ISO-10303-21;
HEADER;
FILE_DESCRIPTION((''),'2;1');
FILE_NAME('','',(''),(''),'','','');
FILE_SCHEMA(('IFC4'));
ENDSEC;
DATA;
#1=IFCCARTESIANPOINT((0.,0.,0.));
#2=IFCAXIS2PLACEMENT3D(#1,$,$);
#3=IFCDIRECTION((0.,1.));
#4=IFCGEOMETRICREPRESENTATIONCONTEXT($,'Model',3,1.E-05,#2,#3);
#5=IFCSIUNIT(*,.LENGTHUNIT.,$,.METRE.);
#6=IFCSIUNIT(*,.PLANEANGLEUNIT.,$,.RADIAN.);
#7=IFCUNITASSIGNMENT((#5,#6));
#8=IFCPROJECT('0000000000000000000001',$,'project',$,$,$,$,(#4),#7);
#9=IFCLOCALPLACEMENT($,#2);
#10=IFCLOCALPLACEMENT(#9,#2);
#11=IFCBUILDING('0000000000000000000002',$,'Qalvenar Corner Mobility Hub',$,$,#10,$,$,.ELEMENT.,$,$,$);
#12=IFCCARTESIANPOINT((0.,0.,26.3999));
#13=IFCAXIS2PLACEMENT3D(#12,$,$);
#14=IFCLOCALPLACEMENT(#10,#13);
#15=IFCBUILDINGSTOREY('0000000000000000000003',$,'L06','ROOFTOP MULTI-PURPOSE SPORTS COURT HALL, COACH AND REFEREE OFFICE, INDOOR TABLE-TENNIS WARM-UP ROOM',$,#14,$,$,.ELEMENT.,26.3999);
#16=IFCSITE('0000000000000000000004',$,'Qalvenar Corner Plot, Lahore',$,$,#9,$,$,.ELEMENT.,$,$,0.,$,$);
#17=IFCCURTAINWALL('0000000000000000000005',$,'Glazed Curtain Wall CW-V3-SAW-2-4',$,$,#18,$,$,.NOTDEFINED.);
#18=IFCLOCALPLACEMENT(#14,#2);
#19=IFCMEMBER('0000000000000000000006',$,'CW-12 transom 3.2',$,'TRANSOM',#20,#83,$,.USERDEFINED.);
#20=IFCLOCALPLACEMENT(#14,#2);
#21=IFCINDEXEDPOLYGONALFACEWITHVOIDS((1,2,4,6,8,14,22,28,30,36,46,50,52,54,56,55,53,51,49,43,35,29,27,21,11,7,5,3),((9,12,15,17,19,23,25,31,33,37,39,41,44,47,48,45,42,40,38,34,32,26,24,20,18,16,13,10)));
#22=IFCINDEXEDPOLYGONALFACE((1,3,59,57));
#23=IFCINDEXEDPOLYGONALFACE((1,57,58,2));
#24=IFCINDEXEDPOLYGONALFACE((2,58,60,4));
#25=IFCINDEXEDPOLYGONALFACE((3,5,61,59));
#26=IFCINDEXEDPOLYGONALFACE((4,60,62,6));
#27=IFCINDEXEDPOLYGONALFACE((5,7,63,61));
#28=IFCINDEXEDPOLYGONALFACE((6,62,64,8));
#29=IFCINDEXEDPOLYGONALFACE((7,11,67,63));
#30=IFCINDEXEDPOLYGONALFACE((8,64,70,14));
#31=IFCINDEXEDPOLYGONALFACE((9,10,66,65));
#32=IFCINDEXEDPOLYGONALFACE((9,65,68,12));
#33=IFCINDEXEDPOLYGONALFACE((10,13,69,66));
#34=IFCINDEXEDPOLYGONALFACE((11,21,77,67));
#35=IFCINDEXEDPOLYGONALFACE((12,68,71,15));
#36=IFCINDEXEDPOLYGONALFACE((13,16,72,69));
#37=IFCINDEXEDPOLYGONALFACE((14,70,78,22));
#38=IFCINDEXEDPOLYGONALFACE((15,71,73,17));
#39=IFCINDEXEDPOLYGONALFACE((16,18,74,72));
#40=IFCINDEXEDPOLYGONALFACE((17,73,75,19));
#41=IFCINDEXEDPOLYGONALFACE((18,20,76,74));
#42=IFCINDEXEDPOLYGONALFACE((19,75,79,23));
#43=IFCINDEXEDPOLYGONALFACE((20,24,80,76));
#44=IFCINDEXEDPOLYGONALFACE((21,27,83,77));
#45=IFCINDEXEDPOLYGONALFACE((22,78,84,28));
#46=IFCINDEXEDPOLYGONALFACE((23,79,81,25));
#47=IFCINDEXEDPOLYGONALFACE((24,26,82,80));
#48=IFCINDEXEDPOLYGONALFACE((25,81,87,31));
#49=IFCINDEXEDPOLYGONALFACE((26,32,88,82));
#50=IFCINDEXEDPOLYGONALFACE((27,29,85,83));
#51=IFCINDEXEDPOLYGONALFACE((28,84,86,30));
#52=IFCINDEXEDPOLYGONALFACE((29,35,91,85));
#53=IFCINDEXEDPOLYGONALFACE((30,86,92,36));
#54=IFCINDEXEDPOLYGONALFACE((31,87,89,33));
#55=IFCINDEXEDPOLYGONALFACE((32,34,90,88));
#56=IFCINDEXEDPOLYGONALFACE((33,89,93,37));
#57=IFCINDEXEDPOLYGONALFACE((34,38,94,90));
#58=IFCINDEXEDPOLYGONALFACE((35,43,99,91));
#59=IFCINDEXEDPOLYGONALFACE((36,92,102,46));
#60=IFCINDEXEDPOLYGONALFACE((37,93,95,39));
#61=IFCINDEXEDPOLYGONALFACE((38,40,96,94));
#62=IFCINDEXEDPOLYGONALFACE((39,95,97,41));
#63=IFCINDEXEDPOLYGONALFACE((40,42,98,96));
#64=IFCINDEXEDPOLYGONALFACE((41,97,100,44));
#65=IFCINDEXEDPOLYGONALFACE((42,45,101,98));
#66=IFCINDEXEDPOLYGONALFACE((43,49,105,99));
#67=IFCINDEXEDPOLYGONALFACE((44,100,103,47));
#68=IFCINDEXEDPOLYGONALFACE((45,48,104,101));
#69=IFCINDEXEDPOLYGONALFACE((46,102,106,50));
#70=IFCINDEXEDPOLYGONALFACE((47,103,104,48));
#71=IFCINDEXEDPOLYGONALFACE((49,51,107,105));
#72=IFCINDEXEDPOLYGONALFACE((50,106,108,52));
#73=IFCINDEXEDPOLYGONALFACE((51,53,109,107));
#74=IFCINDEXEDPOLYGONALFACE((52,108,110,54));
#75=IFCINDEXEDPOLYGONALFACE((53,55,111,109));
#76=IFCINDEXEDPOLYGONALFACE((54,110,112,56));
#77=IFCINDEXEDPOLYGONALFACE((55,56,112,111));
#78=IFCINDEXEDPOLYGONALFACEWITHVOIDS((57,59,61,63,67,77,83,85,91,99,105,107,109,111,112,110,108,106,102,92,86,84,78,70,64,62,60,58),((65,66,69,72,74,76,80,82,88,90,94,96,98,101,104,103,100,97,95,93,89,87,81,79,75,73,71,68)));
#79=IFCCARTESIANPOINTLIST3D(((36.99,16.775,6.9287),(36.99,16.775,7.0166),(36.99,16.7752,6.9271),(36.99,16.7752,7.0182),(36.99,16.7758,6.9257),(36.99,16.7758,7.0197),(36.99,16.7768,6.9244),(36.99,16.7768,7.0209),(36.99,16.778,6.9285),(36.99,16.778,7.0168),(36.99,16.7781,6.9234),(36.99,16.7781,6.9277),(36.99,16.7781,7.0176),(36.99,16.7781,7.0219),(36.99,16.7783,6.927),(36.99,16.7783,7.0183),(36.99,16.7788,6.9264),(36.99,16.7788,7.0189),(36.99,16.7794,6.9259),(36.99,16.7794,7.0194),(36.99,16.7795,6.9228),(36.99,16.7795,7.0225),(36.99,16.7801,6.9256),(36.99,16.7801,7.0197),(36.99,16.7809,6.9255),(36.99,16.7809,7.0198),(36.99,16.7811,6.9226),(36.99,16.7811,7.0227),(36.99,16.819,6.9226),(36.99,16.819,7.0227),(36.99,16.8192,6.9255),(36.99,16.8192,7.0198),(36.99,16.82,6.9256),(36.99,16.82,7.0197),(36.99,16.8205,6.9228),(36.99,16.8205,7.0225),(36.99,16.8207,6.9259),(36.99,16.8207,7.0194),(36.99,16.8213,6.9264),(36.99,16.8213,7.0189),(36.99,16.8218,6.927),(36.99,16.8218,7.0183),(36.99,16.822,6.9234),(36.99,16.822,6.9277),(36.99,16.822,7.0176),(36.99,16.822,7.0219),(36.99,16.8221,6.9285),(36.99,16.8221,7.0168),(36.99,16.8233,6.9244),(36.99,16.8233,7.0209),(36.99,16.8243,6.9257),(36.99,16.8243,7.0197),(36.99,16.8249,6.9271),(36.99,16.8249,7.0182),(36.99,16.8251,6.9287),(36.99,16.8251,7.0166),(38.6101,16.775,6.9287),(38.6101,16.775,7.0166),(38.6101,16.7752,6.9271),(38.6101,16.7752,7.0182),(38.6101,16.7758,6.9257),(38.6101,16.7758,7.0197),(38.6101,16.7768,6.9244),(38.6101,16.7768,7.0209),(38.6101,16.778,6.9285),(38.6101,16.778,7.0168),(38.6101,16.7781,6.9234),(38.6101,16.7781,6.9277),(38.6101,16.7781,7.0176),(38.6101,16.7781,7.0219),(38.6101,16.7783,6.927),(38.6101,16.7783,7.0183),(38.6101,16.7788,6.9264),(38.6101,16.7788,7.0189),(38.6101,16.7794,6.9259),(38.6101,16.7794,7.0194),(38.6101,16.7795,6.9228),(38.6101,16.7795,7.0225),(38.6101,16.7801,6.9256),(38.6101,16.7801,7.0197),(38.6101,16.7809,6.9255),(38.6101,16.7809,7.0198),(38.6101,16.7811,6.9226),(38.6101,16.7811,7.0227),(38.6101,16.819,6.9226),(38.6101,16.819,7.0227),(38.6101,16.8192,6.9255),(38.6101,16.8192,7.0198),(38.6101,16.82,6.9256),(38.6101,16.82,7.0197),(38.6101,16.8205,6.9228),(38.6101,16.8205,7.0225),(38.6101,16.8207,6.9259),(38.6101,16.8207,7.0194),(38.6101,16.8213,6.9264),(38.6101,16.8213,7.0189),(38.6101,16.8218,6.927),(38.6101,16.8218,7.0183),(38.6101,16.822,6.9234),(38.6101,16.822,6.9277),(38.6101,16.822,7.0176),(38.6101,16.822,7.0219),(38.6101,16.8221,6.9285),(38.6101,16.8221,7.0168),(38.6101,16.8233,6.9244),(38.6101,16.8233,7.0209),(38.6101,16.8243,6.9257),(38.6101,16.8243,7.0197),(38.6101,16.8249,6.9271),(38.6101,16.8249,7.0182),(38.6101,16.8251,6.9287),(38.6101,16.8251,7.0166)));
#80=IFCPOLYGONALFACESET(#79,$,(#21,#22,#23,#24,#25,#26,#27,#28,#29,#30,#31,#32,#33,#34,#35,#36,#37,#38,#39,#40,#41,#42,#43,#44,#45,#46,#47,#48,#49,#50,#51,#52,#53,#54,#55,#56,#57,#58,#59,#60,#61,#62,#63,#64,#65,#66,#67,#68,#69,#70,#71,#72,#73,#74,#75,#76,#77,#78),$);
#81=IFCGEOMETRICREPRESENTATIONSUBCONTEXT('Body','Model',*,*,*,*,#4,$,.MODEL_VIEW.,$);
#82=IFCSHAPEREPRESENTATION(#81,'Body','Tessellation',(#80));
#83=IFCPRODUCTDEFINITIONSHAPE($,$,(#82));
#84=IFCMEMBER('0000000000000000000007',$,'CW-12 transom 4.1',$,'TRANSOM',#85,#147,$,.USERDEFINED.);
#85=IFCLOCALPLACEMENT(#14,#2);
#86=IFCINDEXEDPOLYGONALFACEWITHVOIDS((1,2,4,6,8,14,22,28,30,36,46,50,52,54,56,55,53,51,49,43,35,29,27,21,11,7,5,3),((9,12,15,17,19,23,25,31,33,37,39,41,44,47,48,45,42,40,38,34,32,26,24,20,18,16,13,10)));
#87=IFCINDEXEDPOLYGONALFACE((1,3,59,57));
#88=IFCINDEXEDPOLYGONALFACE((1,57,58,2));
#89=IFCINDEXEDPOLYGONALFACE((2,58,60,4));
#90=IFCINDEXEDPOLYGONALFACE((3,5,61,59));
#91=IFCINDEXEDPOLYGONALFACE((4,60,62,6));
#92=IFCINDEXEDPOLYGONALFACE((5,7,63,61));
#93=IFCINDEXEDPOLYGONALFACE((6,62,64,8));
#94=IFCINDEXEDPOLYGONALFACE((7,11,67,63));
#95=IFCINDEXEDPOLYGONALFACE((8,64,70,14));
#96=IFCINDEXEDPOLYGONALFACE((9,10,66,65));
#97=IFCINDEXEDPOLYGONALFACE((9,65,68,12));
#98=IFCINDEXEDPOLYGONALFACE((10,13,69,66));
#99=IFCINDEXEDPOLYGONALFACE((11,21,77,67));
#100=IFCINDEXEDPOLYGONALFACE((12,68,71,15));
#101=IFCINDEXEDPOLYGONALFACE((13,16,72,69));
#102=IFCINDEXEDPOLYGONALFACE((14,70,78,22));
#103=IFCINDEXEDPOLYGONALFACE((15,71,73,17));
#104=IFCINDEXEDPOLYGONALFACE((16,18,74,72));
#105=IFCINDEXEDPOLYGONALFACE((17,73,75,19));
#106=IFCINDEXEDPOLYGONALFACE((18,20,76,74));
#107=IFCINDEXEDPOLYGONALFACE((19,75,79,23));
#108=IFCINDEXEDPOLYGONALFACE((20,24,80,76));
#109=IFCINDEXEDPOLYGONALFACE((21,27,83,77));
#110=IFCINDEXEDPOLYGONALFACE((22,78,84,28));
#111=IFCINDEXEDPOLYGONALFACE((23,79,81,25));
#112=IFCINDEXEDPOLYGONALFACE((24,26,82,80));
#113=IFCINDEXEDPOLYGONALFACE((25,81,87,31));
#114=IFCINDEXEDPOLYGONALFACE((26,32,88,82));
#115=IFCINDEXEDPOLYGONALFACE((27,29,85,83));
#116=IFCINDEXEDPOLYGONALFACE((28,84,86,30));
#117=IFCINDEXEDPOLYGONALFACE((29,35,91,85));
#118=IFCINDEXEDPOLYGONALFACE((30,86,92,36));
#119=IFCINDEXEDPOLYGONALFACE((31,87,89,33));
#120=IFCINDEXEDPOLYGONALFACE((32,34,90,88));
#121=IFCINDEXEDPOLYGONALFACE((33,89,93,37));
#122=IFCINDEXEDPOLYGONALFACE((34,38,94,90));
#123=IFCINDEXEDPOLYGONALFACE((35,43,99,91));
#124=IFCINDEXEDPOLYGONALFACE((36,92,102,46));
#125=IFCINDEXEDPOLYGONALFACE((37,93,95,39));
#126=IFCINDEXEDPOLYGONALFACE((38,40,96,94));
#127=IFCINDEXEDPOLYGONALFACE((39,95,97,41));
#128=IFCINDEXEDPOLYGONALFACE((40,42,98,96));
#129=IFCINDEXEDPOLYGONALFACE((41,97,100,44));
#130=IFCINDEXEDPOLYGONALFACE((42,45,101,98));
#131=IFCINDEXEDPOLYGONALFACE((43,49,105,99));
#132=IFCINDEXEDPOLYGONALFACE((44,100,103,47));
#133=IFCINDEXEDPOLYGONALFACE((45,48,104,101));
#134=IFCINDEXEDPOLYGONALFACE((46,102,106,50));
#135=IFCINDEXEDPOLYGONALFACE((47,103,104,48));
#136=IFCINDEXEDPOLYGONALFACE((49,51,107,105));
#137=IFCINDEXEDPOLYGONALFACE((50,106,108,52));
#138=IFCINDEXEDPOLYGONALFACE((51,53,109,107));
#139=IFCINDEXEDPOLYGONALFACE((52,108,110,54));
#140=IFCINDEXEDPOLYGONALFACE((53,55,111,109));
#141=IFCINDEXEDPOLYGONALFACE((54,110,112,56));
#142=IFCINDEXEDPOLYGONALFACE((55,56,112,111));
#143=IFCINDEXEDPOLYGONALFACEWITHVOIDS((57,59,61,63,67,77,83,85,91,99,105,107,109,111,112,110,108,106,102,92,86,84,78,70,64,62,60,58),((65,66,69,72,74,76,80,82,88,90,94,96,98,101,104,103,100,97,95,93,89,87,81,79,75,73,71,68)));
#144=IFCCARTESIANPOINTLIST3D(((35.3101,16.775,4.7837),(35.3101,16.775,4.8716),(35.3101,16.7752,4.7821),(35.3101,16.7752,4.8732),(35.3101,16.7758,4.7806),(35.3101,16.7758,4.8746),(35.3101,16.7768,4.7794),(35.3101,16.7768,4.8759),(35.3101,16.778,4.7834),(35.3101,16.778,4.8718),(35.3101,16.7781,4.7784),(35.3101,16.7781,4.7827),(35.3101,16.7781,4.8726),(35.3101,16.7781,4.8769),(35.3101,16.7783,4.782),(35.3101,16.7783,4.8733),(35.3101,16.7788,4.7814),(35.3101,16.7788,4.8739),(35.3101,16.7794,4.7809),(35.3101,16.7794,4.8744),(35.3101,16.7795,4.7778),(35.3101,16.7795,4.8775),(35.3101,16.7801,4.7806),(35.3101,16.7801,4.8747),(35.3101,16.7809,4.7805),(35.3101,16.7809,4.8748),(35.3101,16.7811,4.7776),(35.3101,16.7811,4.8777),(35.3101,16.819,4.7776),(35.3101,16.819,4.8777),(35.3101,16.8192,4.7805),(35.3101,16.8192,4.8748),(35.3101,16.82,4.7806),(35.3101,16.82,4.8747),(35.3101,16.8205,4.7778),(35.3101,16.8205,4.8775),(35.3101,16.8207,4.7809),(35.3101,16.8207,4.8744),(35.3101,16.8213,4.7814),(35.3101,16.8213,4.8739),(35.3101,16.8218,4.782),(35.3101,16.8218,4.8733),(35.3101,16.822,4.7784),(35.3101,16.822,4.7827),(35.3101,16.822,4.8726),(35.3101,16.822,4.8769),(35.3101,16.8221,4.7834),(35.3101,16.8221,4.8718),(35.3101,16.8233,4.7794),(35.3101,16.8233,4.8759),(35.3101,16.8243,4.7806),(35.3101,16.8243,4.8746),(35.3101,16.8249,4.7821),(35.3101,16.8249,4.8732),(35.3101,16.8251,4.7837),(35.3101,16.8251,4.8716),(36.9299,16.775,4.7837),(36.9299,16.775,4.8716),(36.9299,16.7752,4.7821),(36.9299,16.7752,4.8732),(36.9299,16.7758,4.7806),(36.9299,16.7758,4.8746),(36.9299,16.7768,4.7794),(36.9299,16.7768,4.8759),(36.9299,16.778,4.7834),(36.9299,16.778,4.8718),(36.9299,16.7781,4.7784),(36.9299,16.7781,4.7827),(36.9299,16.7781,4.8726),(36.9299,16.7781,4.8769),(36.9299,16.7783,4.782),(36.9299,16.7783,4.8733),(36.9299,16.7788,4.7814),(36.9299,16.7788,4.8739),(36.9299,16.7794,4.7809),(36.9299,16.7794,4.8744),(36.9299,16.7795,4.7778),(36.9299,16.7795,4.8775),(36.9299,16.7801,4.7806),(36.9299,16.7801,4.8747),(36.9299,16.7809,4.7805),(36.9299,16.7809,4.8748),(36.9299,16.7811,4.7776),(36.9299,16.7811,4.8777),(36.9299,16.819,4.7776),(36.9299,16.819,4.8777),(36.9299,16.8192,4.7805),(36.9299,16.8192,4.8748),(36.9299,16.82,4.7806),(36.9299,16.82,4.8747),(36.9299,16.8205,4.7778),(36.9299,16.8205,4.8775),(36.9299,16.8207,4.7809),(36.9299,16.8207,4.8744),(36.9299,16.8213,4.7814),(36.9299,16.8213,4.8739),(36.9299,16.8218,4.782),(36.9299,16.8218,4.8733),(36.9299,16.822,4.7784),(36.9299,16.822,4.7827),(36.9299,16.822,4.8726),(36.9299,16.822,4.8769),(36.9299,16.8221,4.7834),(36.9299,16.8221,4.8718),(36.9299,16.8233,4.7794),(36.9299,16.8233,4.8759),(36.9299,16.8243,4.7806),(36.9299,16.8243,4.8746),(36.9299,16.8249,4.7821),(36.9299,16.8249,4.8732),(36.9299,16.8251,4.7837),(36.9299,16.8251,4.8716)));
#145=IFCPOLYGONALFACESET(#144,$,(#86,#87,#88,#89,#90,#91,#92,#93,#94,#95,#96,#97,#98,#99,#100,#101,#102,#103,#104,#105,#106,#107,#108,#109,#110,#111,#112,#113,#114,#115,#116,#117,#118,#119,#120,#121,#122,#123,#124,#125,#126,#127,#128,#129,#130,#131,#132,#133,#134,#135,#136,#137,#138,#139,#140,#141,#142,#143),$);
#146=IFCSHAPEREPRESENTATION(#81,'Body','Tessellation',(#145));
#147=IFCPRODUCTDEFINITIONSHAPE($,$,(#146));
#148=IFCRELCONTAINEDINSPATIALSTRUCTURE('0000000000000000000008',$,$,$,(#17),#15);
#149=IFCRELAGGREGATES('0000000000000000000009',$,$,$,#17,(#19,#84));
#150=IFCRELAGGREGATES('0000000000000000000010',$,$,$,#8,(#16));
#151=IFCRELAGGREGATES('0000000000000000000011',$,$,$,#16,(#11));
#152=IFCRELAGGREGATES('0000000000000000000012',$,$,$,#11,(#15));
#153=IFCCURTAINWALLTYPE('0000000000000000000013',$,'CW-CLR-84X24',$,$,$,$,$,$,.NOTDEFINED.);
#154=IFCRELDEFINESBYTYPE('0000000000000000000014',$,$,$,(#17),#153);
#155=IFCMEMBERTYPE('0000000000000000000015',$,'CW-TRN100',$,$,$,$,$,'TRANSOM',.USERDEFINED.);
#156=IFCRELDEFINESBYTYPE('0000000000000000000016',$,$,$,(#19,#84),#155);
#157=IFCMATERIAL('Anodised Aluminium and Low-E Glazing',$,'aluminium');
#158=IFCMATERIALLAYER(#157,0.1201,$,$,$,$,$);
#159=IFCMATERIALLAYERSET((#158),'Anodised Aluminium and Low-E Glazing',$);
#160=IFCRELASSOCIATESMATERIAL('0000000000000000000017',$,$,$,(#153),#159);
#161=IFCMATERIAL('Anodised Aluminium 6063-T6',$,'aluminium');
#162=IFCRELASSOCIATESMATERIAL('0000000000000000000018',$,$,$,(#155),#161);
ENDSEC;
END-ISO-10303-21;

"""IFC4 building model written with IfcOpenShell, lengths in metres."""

from ifc_helpers import new_model, si_unit, direction, frame, origin, origin_2d, place, context, subcontext, project, spatial, hollow_rectangle, extrude, material, layer, layer_set, material_profile, profile_set, type_object, element, aggregate, save


model = new_model("IFC4")

# Units and contexts
model_context = context("Model", 3, precision=1e-05, world=origin(), true_north=direction((0.0, 1.0)))
body_context = subcontext(model_context, "Body", "Model", "MODEL_VIEW")
ifc_project = project(units=[si_unit("LENGTHUNIT", "METRE"), si_unit("PLANEANGLEUNIT", "RADIAN")], contexts=[model_context])

# Site, building, storey
site_placement = place(None, origin())
site = spatial("IfcSite", under=ifc_project, at=site_placement, Name="Qalvenar Corner Plot, Lahore", CompositionType="ELEMENT", RefElevation=0.0)
building_placement = place(site_placement, origin())
building = spatial("IfcBuilding", under=site, at=building_placement, Name="Qalvenar Corner Mobility Hub", CompositionType="ELEMENT")
storey_placement = place(building_placement, frame((0.0, 0.0, 26.3999)))
storey = spatial("IfcBuildingStorey", under=building, at=storey_placement, Name="L06", Description="ROOFTOP MULTI-PURPOSE SPORTS COURT HALL, COACH AND REFEREE OFFICE, INDOOR TABLE-TENNIS WARM-UP ROOM", CompositionType="ELEMENT", Elevation=26.3999)

# Curtain wall
ifc_material_1 = material(Name="Anodised Aluminium and Low-E Glazing", Category="aluminium")
ifc_layer_1 = layer(ifc_material_1, 0.1201)
ifc_layer_set_1 = layer_set([ifc_layer_1], Name="Anodised Aluminium and Low-E Glazing")
curtain_wall_type = type_object("IfcCurtainWallType", Name="CW-CLR-84X24", PredefinedType="NOTDEFINED", material=ifc_layer_set_1)
curtain_wall_1_placement = place(storey_placement, origin())
curtain_wall_1 = element("IfcCurtainWall", 1, at=curtain_wall_1_placement, inside=storey, type_object=curtain_wall_type, Name="Glazed Curtain Wall CW-V3-SAW-2-4", PredefinedType="NOTDEFINED")
ifc_material_2 = material(Name="Anodised Aluminium 6063-T6", Category="aluminium")

# Members
ifc_material_profile_1 = material_profile(ifc_material_2, hollow_rectangle(XDim=0.05, YDim=0.1001, WallThickness=0.0029, InnerFilletRadius=0.0029, OuterFilletRadius=0.0061, at=origin_2d()), Name="RHS100x50x3")
ifc_profile_set_1 = profile_set([ifc_material_profile_1], Name="Anodised Aluminium 6063-T6")
member_type_1 = type_object("IfcMemberType", Name="CW-TRN100", ElementType="TRANSOM", PredefinedType="USERDEFINED", material=ifc_profile_set_1)
member_1_placement = place(storey_placement, frame((38.6101, 16.8, 6.9727), z_axis=(-1.0, 0.0, 0.0), x_axis=(0.0, -1.0, 0.0)))
member_1 = element("IfcMember", 2, at=member_1_placement, type_object=member_type_1, Name="CW-12 transom 3.2", ObjectType="TRANSOM", PredefinedType="USERDEFINED", context=body_context, shape_type="SweptSolid", body=[
    extrude(hollow_rectangle(XDim=0.05, YDim=0.1001, WallThickness=0.0029, InnerFilletRadius=0.0029, OuterFilletRadius=0.0061, at=origin_2d()), origin(), (0.0, 0.0, 1.0), 1.6201),
])
member_2_placement = place(storey_placement, frame((36.9299, 16.8, 4.8276), z_axis=(-1.0, 0.0, 0.0), x_axis=(0.0, -1.0, 0.0)))
member_2 = element("IfcMember", 3, at=member_2_placement, type_object=member_type_1, Name="CW-12 transom 4.1", ObjectType="TRANSOM", PredefinedType="USERDEFINED", context=body_context, shape_type="SweptSolid", body=[
    extrude(hollow_rectangle(XDim=0.05, YDim=0.1001, WallThickness=0.0029, InnerFilletRadius=0.0029, OuterFilletRadius=0.0061, at=origin_2d()), origin(), (0.0, 0.0, 1.0), 1.6199),
])

aggregate(curtain_wall_1, [member_1, member_2])

save(model, "model.ifc")
